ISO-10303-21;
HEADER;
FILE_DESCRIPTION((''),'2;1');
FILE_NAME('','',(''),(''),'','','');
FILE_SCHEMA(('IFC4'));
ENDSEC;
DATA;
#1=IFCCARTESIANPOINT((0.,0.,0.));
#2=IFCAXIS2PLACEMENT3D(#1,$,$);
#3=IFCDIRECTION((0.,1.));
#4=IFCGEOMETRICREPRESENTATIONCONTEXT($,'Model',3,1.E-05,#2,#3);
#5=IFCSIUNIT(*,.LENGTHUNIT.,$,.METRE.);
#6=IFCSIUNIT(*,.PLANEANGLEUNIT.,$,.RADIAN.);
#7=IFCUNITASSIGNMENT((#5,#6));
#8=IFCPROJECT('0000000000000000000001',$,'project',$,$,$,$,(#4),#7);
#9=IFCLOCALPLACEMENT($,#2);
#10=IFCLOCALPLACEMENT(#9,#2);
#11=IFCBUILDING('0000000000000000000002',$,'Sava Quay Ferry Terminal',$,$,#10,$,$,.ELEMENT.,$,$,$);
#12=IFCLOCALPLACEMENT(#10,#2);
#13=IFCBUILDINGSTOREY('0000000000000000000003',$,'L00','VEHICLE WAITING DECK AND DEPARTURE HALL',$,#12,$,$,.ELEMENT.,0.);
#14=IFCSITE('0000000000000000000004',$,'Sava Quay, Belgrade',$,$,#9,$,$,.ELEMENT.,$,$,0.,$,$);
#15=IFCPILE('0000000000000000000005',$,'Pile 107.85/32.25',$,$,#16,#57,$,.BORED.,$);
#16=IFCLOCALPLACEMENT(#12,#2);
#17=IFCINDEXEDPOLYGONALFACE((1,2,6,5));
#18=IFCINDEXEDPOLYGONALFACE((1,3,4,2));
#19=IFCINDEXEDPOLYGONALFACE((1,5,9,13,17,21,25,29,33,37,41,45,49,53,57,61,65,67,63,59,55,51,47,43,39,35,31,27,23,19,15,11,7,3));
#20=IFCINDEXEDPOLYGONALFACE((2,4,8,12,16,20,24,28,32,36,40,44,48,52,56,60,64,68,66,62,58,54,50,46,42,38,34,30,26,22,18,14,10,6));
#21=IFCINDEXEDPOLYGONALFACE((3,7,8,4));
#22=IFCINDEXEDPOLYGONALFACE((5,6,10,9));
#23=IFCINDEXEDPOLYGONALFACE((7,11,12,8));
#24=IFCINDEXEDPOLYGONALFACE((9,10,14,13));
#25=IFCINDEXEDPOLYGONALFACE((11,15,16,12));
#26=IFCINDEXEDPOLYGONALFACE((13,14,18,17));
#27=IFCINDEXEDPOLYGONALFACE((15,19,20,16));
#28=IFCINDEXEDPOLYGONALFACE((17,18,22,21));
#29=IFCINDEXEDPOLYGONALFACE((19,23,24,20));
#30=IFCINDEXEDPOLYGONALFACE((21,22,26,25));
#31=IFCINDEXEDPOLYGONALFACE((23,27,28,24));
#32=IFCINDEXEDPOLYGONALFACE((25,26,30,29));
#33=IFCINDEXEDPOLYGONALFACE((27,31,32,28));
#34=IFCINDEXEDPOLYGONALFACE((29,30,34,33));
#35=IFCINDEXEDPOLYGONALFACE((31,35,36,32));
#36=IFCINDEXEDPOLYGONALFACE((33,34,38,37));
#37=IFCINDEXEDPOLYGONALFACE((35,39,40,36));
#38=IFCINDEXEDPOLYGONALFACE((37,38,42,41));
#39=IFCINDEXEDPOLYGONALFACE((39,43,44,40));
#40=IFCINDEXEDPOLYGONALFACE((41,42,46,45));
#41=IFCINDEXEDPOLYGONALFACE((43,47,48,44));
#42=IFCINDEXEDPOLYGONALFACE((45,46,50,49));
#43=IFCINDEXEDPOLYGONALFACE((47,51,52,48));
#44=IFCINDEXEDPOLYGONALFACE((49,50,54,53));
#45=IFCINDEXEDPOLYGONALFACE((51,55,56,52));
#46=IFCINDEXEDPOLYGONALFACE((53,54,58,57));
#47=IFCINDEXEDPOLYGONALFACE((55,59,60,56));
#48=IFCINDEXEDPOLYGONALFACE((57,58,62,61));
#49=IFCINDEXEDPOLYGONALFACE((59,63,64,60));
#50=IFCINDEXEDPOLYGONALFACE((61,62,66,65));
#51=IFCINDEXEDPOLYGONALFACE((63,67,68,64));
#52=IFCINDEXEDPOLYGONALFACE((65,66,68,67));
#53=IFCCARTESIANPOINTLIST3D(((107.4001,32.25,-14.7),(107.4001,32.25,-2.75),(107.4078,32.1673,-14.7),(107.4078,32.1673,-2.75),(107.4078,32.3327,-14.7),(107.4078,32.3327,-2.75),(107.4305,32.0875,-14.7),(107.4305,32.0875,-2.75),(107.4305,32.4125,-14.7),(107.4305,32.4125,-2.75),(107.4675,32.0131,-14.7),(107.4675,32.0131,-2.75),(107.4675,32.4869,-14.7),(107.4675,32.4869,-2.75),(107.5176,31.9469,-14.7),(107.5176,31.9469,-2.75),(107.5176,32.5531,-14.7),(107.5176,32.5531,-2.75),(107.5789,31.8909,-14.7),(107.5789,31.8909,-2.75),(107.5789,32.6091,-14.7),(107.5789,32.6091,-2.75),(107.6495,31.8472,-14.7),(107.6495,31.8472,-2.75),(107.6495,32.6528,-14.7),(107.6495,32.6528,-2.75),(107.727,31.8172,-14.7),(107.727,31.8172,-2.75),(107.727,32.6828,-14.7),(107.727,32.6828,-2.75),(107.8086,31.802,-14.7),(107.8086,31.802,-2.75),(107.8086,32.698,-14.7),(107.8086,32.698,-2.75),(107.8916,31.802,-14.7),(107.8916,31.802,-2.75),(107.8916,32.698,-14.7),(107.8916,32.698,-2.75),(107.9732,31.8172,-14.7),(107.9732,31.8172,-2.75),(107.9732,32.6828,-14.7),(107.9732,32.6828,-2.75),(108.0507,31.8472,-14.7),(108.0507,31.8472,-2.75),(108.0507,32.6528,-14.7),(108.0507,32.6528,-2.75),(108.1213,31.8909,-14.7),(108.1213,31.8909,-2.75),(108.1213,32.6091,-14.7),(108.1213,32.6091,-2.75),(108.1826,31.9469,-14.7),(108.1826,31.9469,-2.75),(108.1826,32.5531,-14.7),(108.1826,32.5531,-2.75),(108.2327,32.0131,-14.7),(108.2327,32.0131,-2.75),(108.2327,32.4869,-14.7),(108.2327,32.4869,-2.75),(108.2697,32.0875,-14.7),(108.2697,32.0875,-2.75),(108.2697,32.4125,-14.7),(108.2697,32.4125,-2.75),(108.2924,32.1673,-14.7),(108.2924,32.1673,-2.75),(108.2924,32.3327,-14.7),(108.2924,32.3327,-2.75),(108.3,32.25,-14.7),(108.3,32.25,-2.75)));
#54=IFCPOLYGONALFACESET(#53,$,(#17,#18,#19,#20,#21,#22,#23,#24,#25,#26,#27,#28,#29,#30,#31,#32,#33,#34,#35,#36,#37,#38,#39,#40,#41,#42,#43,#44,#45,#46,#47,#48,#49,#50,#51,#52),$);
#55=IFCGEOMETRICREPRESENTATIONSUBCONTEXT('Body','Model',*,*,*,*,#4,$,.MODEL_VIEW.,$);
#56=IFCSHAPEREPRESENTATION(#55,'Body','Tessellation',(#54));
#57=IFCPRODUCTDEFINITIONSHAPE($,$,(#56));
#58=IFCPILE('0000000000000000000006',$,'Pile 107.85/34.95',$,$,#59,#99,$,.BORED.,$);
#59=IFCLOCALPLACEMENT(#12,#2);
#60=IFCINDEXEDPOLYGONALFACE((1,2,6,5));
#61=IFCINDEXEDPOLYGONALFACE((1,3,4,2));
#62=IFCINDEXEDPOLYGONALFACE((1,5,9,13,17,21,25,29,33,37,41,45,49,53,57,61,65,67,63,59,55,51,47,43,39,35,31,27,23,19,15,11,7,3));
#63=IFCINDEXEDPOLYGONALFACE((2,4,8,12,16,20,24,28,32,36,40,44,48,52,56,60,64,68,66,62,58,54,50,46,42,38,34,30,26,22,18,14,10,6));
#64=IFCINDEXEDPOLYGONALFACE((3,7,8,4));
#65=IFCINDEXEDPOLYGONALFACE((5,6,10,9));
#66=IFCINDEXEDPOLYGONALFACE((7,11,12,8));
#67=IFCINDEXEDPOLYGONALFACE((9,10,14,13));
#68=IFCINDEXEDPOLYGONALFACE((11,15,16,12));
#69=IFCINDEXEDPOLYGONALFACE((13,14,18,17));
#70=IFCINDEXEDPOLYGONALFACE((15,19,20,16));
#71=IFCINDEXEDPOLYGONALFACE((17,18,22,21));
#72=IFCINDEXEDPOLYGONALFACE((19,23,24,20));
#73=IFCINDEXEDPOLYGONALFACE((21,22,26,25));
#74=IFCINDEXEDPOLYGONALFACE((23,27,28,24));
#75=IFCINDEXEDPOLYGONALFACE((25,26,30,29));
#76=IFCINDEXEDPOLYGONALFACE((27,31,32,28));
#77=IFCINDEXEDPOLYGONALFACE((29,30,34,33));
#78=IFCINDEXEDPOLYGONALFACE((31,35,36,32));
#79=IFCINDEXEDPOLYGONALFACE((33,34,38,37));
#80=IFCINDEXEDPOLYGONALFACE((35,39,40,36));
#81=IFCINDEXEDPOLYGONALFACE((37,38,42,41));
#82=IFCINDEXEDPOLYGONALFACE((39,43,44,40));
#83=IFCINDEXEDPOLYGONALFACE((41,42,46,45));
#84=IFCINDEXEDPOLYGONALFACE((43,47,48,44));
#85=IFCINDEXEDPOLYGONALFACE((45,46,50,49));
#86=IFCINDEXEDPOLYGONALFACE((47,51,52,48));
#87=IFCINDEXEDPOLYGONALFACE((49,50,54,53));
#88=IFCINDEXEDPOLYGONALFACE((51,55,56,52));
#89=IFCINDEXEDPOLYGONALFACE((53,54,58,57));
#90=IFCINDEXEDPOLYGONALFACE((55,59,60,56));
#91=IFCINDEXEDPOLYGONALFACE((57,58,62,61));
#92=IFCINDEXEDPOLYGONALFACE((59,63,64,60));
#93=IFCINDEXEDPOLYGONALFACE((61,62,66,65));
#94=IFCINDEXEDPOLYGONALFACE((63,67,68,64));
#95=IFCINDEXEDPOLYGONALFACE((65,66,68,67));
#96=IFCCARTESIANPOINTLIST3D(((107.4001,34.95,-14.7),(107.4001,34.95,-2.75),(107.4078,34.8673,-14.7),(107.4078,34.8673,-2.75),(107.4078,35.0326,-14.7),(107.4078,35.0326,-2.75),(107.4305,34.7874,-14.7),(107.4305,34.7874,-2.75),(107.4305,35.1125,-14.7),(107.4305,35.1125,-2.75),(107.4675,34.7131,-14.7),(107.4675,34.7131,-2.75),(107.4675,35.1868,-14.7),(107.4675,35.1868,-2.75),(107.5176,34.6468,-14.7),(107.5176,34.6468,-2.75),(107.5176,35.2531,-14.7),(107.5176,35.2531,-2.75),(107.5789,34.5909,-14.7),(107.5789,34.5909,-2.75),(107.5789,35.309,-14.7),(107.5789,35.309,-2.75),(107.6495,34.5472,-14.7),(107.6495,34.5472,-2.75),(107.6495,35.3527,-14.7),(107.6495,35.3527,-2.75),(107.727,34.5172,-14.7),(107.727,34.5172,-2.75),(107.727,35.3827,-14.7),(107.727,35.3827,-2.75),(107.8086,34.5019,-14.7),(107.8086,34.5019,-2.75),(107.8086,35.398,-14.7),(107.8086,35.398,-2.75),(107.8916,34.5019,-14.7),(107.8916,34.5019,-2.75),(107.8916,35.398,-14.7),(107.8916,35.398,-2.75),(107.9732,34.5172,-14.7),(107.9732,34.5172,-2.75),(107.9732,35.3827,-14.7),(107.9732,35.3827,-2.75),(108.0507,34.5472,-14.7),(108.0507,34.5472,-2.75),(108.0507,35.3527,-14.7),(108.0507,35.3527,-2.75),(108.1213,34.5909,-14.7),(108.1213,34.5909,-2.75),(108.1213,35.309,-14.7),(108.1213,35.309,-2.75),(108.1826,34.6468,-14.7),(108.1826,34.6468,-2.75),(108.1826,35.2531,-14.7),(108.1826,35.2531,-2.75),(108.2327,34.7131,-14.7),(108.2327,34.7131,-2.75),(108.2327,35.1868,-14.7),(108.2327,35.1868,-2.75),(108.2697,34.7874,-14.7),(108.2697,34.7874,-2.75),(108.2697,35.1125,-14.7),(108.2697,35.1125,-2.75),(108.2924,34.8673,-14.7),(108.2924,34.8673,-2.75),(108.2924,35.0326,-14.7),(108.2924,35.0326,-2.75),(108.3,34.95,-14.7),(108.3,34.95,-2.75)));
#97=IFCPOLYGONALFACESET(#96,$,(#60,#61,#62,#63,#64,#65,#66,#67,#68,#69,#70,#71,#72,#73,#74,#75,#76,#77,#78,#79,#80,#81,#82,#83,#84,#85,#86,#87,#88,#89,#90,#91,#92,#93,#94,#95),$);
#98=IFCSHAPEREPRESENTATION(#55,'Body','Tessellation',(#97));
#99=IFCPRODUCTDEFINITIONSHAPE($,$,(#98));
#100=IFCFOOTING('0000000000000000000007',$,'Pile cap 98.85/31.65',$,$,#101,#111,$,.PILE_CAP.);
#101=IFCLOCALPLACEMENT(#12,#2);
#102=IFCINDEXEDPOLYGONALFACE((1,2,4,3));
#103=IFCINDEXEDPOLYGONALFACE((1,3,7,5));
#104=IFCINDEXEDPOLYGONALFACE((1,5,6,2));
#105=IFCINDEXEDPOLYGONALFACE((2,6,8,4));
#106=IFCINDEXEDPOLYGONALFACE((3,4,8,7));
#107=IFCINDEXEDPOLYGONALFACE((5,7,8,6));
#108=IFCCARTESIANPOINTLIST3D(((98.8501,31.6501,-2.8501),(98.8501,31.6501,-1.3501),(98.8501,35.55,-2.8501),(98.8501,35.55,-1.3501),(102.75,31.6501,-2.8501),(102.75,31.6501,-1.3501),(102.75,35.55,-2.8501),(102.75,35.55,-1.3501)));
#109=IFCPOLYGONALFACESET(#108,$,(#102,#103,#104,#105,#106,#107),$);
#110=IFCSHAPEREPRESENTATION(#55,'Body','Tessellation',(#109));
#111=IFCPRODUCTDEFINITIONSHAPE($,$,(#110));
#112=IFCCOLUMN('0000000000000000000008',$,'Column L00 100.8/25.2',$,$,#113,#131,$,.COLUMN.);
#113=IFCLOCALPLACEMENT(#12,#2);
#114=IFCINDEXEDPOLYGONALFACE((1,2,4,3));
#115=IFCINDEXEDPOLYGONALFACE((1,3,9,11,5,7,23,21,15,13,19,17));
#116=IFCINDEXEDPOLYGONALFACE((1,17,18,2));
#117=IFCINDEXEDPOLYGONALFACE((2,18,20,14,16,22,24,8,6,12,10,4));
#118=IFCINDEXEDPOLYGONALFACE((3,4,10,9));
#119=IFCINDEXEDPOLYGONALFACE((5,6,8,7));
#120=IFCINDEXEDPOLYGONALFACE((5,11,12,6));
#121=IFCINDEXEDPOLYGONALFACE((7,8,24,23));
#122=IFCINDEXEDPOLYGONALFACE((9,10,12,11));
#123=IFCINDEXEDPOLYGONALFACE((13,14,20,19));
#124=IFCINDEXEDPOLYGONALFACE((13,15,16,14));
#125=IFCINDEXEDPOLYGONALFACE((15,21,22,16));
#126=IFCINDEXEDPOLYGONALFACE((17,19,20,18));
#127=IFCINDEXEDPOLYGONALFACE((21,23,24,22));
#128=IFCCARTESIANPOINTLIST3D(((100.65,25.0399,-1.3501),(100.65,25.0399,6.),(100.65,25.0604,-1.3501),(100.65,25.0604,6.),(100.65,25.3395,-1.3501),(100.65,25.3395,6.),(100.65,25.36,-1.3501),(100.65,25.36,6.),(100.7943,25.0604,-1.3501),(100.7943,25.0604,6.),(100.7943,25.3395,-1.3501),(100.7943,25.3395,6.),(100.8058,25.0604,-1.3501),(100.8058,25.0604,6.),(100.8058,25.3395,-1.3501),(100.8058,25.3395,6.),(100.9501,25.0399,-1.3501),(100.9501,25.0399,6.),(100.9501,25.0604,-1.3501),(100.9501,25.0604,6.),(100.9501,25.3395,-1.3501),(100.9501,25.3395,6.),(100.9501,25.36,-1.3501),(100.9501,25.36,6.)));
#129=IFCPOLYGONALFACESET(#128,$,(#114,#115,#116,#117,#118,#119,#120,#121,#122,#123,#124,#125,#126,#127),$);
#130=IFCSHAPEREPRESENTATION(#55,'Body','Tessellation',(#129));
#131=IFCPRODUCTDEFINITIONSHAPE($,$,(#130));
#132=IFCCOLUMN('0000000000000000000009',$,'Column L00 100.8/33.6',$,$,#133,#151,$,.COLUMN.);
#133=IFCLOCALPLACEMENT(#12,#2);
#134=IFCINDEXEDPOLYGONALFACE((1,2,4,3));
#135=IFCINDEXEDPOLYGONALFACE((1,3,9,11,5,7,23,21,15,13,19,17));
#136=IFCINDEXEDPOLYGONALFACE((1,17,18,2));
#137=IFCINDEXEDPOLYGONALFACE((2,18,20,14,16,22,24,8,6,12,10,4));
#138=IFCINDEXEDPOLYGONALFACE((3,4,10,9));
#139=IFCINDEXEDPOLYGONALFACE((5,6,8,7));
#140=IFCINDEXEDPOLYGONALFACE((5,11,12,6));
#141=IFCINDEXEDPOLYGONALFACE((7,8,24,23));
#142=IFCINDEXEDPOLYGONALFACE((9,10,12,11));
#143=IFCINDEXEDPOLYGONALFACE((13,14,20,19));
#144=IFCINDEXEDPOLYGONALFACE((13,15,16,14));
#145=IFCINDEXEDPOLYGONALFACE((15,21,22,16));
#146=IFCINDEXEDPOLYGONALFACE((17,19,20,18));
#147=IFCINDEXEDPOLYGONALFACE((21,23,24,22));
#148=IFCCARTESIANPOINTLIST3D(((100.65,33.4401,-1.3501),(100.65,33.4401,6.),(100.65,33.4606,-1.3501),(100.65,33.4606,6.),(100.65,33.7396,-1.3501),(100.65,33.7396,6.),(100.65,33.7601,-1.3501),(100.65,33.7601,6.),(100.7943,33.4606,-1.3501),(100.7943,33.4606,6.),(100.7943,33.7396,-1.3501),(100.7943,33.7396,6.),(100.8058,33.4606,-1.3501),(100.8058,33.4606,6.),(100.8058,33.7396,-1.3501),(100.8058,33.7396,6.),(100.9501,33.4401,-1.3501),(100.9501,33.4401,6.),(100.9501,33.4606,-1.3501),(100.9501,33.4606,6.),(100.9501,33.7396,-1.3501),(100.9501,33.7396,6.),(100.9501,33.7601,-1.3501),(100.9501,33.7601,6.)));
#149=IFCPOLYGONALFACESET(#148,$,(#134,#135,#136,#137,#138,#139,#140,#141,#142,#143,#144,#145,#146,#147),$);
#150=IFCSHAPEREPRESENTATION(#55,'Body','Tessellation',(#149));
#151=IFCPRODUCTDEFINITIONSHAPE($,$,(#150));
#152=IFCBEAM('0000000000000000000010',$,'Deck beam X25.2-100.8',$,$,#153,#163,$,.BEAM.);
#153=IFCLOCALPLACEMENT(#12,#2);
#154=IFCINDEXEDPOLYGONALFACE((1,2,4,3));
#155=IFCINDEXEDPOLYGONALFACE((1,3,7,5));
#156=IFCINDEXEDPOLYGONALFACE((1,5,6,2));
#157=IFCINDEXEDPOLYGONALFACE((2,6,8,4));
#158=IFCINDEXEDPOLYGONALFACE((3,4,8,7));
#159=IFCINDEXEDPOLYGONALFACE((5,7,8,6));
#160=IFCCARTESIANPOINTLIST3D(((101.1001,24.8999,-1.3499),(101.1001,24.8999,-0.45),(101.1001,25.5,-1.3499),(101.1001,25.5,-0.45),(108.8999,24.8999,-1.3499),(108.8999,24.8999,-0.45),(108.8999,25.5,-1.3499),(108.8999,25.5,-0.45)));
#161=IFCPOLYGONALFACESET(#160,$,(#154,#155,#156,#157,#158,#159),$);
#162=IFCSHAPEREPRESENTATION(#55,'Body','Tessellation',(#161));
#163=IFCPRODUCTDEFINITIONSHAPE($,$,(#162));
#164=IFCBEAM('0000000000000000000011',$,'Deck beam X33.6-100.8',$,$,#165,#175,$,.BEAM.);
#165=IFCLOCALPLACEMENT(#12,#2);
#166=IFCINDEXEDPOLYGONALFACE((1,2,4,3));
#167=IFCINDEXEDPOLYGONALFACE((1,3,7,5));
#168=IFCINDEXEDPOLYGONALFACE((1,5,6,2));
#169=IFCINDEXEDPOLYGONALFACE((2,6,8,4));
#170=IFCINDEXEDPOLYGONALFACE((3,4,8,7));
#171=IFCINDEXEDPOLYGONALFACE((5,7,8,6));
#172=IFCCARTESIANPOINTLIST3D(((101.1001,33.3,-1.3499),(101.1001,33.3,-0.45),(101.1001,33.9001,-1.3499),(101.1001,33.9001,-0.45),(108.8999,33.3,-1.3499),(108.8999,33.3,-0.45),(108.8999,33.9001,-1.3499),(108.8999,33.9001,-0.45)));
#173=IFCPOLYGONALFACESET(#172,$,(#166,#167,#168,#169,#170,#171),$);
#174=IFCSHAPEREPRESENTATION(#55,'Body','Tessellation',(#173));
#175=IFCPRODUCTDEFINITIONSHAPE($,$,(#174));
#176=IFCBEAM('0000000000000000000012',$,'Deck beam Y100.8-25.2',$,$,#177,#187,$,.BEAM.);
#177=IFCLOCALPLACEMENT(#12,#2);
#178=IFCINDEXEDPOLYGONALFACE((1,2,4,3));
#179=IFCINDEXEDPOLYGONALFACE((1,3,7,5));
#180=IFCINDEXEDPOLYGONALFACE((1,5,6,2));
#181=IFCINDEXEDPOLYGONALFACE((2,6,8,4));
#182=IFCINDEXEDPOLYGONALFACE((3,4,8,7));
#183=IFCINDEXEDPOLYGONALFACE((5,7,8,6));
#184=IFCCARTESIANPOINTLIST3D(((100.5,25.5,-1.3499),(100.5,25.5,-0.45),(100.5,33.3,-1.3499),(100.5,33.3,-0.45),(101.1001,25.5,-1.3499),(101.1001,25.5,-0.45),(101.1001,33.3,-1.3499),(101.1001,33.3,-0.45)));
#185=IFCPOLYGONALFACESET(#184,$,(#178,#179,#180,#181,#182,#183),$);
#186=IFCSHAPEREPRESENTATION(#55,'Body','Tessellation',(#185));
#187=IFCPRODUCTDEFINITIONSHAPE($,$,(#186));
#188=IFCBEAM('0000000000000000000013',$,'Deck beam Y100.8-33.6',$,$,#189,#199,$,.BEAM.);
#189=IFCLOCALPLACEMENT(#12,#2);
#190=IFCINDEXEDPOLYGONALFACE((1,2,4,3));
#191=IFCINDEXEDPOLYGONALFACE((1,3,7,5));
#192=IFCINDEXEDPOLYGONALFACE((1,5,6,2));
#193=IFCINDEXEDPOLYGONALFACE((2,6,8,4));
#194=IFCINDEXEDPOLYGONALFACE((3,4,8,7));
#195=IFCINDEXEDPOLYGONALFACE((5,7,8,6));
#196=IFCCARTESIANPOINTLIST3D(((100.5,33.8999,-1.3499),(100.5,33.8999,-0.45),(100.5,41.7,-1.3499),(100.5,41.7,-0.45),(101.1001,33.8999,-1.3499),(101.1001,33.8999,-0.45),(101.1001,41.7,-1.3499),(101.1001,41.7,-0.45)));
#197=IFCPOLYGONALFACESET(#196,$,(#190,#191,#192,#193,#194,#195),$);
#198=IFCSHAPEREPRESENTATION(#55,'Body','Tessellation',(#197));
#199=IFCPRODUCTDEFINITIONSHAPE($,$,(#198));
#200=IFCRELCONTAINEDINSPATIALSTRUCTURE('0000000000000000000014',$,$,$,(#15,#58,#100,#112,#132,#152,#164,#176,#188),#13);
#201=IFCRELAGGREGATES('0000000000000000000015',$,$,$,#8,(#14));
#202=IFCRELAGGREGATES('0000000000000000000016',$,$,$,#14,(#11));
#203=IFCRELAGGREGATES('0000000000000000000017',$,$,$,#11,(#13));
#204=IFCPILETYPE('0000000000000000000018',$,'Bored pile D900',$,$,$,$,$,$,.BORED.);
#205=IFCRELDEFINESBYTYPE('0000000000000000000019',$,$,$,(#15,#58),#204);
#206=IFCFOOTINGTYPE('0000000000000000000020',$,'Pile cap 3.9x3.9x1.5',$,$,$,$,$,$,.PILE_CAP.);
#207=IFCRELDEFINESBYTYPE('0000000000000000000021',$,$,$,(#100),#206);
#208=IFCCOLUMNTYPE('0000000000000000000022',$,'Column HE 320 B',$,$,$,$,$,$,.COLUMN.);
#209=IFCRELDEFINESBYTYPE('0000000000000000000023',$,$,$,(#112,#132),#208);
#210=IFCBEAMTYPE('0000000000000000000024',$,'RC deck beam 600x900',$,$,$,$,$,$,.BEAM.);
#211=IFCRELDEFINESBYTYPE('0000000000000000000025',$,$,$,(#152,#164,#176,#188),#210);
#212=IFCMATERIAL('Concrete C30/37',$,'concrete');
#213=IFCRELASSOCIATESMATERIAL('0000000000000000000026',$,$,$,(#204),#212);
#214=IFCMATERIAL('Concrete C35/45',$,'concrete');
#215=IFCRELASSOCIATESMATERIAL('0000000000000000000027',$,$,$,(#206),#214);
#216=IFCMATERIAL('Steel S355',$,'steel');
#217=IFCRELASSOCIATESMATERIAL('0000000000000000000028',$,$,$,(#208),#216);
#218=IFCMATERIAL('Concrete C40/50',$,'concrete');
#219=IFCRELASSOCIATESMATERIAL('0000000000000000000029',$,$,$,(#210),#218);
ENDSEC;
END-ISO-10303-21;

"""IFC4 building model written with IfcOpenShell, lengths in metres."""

from ifc_helpers import new_model, si_unit, direction, frame, origin, origin_2d, place, context, subcontext, project, spatial, rectangle, circle, i_section, extrude, material, material_profile, profile_set, type_object, element, save


model = new_model("IFC4")

# Units and contexts
model_context = context("Model", 3, precision=1e-05, world=origin(), true_north=direction((0.0, 1.0)))
body_context = subcontext(model_context, "Body", "Model", "MODEL_VIEW")
ifc_project = project(units=[si_unit("LENGTHUNIT", "METRE"), si_unit("PLANEANGLEUNIT", "RADIAN")], contexts=[model_context])

# Site, building, storey
site_placement = place(None, origin())
site = spatial("IfcSite", under=ifc_project, at=site_placement, Name="Sava Quay, Belgrade", CompositionType="ELEMENT", RefElevation=0.0)
building_placement = place(site_placement, origin())
building = spatial("IfcBuilding", under=site, at=building_placement, Name="Sava Quay Ferry Terminal", CompositionType="ELEMENT")
storey_placement = place(building_placement, origin())
storey = spatial("IfcBuildingStorey", under=building, at=storey_placement, Name="L00", Description="VEHICLE WAITING DECK AND DEPARTURE HALL", CompositionType="ELEMENT", Elevation=0.0)

# Piles
ifc_material_1 = material(Name="Concrete C30/37", Category="concrete")
ifc_material_profile_1 = material_profile(ifc_material_1, circle(Radius=0.45, at=origin_2d()), Name="Bored pile D900")
ifc_profile_set_1 = profile_set([ifc_material_profile_1], Name="Concrete C30/37")
pile_type = type_object("IfcPileType", Name="Bored pile D900", PredefinedType="BORED", material=ifc_profile_set_1)
for number, where, z_axis, x_axis, name in (
    (1, (107.8501, 32.25, -2.75), (0.0, 0.0, -1.0), (1.0, 0.0, 0.0), "Pile 107.85/32.25"),
    (2, (107.8501, 34.95, -2.75), (0.0, 0.0, -1.0), (1.0, 0.0, 0.0), "Pile 107.85/34.95"),
):
    element("IfcPile", number, at=place(storey_placement, frame(where, z_axis=z_axis, x_axis=x_axis)), inside=storey, type_object=pile_type, Name=name, PredefinedType="BORED", context=body_context, shape_type="SweptSolid", body=[
        extrude(circle(Radius=0.45, at=origin_2d()), origin(), (0.0, 0.0, 1.0), 11.95),
    ])

# Footing
ifc_material_2 = material(Name="Concrete C35/45", Category="concrete")
footing_type = type_object("IfcFootingType", Name="Pile cap 3.9x3.9x1.5", PredefinedType="PILE_CAP", material=ifc_material_2)
footing_placement = place(storey_placement, frame((100.8, 33.6001, -2.8501), z_axis=(0.0, 0.0, 1.0), x_axis=(1.0, 0.0, 0.0)))
element("IfcFooting", 3, at=footing_placement, inside=storey, type_object=footing_type, Name="Pile cap 98.85/31.65", PredefinedType="PILE_CAP", context=body_context, shape_type="SweptSolid", body=[
    extrude(rectangle(XDim=3.8999, YDim=3.8999, at=origin_2d()), origin(), (0.0, 0.0, 1.0), 1.5),
])

# Columns
ifc_material_3 = material(Name="Steel S355", Category="steel")
ifc_material_profile_2 = material_profile(ifc_material_3, i_section(OverallWidth=0.3, OverallDepth=0.3201, WebThickness=0.0115, FlangeThickness=0.0205, at=origin_2d()), Name="HE 320 B")
ifc_profile_set_2 = profile_set([ifc_material_profile_2], Name="Steel S355")
column_type = type_object("IfcColumnType", Name="Column HE 320 B", PredefinedType="COLUMN", material=ifc_profile_set_2)
for number, where, z_axis, x_axis, name in (
    (4, (100.8, 25.2, -1.3501), (0.0, 0.0, 1.0), (1.0, 0.0, 0.0), "Column L00 100.8/25.2"),
    (5, (100.8, 33.6001, -1.3501), (0.0, 0.0, 1.0), (1.0, 0.0, 0.0), "Column L00 100.8/33.6"),
):
    element("IfcColumn", number, at=place(storey_placement, frame(where, z_axis=z_axis, x_axis=x_axis)), inside=storey, type_object=column_type, Name=name, PredefinedType="COLUMN", context=body_context, shape_type="SweptSolid", body=[
        extrude(i_section(OverallWidth=0.3, OverallDepth=0.3201, WebThickness=0.0115, FlangeThickness=0.0205, at=origin_2d()), origin(), (0.0, 0.0, 1.0), 7.3501),
    ])

# Beams
ifc_material_4 = material(Name="Concrete C40/50", Category="concrete")
ifc_material_profile_3 = material_profile(ifc_material_4, rectangle(XDim=0.6001, YDim=0.8999, at=origin_2d()), Name="RC 600x900")
ifc_profile_set_3 = profile_set([ifc_material_profile_3], Name="Concrete C40/50")
beam_type = type_object("IfcBeamType", Name="RC deck beam 600x900", PredefinedType="BEAM", material=ifc_profile_set_3)
for number, where, z_axis, x_axis, name in (
    (6, (101.1001, 25.2, -0.8999), (1.0, 0.0, 0.0), (0.0, 1.0, 0.0), "Deck beam X25.2-100.8"),
    (7, (101.1001, 33.6001, -0.8999), (1.0, 0.0, 0.0), (0.0, 1.0, 0.0), "Deck beam X33.6-100.8"),
):
    element("IfcBeam", number, at=place(storey_placement, frame(where, z_axis=z_axis, x_axis=x_axis)), inside=storey, type_object=beam_type, Name=name, PredefinedType="BEAM", context=body_context, shape_type="SweptSolid", body=[
        extrude(rectangle(XDim=0.6001, YDim=0.8999, at=origin_2d()), origin(), (0.0, 0.0, 1.0), 7.7998),
    ])
for number, where, z_axis, x_axis, name in (
    (8, (100.8, 25.5, -0.8999), (0.0, 1.0, 0.0), (-1.0, 0.0, 0.0), "Deck beam Y100.8-25.2"),
    (9, (100.8, 33.8999, -0.8999), (0.0, 1.0, 0.0), (-1.0, 0.0, 0.0), "Deck beam Y100.8-33.6"),
):
    element("IfcBeam", number, at=place(storey_placement, frame(where, z_axis=z_axis, x_axis=x_axis)), inside=storey, type_object=beam_type, Name=name, PredefinedType="BEAM", context=body_context, shape_type="SweptSolid", body=[
        extrude(rectangle(XDim=0.6001, YDim=0.8999, at=origin_2d()), origin(), (0.0, 0.0, 1.0), 7.8),
    ])

save(model, "model.ifc")
